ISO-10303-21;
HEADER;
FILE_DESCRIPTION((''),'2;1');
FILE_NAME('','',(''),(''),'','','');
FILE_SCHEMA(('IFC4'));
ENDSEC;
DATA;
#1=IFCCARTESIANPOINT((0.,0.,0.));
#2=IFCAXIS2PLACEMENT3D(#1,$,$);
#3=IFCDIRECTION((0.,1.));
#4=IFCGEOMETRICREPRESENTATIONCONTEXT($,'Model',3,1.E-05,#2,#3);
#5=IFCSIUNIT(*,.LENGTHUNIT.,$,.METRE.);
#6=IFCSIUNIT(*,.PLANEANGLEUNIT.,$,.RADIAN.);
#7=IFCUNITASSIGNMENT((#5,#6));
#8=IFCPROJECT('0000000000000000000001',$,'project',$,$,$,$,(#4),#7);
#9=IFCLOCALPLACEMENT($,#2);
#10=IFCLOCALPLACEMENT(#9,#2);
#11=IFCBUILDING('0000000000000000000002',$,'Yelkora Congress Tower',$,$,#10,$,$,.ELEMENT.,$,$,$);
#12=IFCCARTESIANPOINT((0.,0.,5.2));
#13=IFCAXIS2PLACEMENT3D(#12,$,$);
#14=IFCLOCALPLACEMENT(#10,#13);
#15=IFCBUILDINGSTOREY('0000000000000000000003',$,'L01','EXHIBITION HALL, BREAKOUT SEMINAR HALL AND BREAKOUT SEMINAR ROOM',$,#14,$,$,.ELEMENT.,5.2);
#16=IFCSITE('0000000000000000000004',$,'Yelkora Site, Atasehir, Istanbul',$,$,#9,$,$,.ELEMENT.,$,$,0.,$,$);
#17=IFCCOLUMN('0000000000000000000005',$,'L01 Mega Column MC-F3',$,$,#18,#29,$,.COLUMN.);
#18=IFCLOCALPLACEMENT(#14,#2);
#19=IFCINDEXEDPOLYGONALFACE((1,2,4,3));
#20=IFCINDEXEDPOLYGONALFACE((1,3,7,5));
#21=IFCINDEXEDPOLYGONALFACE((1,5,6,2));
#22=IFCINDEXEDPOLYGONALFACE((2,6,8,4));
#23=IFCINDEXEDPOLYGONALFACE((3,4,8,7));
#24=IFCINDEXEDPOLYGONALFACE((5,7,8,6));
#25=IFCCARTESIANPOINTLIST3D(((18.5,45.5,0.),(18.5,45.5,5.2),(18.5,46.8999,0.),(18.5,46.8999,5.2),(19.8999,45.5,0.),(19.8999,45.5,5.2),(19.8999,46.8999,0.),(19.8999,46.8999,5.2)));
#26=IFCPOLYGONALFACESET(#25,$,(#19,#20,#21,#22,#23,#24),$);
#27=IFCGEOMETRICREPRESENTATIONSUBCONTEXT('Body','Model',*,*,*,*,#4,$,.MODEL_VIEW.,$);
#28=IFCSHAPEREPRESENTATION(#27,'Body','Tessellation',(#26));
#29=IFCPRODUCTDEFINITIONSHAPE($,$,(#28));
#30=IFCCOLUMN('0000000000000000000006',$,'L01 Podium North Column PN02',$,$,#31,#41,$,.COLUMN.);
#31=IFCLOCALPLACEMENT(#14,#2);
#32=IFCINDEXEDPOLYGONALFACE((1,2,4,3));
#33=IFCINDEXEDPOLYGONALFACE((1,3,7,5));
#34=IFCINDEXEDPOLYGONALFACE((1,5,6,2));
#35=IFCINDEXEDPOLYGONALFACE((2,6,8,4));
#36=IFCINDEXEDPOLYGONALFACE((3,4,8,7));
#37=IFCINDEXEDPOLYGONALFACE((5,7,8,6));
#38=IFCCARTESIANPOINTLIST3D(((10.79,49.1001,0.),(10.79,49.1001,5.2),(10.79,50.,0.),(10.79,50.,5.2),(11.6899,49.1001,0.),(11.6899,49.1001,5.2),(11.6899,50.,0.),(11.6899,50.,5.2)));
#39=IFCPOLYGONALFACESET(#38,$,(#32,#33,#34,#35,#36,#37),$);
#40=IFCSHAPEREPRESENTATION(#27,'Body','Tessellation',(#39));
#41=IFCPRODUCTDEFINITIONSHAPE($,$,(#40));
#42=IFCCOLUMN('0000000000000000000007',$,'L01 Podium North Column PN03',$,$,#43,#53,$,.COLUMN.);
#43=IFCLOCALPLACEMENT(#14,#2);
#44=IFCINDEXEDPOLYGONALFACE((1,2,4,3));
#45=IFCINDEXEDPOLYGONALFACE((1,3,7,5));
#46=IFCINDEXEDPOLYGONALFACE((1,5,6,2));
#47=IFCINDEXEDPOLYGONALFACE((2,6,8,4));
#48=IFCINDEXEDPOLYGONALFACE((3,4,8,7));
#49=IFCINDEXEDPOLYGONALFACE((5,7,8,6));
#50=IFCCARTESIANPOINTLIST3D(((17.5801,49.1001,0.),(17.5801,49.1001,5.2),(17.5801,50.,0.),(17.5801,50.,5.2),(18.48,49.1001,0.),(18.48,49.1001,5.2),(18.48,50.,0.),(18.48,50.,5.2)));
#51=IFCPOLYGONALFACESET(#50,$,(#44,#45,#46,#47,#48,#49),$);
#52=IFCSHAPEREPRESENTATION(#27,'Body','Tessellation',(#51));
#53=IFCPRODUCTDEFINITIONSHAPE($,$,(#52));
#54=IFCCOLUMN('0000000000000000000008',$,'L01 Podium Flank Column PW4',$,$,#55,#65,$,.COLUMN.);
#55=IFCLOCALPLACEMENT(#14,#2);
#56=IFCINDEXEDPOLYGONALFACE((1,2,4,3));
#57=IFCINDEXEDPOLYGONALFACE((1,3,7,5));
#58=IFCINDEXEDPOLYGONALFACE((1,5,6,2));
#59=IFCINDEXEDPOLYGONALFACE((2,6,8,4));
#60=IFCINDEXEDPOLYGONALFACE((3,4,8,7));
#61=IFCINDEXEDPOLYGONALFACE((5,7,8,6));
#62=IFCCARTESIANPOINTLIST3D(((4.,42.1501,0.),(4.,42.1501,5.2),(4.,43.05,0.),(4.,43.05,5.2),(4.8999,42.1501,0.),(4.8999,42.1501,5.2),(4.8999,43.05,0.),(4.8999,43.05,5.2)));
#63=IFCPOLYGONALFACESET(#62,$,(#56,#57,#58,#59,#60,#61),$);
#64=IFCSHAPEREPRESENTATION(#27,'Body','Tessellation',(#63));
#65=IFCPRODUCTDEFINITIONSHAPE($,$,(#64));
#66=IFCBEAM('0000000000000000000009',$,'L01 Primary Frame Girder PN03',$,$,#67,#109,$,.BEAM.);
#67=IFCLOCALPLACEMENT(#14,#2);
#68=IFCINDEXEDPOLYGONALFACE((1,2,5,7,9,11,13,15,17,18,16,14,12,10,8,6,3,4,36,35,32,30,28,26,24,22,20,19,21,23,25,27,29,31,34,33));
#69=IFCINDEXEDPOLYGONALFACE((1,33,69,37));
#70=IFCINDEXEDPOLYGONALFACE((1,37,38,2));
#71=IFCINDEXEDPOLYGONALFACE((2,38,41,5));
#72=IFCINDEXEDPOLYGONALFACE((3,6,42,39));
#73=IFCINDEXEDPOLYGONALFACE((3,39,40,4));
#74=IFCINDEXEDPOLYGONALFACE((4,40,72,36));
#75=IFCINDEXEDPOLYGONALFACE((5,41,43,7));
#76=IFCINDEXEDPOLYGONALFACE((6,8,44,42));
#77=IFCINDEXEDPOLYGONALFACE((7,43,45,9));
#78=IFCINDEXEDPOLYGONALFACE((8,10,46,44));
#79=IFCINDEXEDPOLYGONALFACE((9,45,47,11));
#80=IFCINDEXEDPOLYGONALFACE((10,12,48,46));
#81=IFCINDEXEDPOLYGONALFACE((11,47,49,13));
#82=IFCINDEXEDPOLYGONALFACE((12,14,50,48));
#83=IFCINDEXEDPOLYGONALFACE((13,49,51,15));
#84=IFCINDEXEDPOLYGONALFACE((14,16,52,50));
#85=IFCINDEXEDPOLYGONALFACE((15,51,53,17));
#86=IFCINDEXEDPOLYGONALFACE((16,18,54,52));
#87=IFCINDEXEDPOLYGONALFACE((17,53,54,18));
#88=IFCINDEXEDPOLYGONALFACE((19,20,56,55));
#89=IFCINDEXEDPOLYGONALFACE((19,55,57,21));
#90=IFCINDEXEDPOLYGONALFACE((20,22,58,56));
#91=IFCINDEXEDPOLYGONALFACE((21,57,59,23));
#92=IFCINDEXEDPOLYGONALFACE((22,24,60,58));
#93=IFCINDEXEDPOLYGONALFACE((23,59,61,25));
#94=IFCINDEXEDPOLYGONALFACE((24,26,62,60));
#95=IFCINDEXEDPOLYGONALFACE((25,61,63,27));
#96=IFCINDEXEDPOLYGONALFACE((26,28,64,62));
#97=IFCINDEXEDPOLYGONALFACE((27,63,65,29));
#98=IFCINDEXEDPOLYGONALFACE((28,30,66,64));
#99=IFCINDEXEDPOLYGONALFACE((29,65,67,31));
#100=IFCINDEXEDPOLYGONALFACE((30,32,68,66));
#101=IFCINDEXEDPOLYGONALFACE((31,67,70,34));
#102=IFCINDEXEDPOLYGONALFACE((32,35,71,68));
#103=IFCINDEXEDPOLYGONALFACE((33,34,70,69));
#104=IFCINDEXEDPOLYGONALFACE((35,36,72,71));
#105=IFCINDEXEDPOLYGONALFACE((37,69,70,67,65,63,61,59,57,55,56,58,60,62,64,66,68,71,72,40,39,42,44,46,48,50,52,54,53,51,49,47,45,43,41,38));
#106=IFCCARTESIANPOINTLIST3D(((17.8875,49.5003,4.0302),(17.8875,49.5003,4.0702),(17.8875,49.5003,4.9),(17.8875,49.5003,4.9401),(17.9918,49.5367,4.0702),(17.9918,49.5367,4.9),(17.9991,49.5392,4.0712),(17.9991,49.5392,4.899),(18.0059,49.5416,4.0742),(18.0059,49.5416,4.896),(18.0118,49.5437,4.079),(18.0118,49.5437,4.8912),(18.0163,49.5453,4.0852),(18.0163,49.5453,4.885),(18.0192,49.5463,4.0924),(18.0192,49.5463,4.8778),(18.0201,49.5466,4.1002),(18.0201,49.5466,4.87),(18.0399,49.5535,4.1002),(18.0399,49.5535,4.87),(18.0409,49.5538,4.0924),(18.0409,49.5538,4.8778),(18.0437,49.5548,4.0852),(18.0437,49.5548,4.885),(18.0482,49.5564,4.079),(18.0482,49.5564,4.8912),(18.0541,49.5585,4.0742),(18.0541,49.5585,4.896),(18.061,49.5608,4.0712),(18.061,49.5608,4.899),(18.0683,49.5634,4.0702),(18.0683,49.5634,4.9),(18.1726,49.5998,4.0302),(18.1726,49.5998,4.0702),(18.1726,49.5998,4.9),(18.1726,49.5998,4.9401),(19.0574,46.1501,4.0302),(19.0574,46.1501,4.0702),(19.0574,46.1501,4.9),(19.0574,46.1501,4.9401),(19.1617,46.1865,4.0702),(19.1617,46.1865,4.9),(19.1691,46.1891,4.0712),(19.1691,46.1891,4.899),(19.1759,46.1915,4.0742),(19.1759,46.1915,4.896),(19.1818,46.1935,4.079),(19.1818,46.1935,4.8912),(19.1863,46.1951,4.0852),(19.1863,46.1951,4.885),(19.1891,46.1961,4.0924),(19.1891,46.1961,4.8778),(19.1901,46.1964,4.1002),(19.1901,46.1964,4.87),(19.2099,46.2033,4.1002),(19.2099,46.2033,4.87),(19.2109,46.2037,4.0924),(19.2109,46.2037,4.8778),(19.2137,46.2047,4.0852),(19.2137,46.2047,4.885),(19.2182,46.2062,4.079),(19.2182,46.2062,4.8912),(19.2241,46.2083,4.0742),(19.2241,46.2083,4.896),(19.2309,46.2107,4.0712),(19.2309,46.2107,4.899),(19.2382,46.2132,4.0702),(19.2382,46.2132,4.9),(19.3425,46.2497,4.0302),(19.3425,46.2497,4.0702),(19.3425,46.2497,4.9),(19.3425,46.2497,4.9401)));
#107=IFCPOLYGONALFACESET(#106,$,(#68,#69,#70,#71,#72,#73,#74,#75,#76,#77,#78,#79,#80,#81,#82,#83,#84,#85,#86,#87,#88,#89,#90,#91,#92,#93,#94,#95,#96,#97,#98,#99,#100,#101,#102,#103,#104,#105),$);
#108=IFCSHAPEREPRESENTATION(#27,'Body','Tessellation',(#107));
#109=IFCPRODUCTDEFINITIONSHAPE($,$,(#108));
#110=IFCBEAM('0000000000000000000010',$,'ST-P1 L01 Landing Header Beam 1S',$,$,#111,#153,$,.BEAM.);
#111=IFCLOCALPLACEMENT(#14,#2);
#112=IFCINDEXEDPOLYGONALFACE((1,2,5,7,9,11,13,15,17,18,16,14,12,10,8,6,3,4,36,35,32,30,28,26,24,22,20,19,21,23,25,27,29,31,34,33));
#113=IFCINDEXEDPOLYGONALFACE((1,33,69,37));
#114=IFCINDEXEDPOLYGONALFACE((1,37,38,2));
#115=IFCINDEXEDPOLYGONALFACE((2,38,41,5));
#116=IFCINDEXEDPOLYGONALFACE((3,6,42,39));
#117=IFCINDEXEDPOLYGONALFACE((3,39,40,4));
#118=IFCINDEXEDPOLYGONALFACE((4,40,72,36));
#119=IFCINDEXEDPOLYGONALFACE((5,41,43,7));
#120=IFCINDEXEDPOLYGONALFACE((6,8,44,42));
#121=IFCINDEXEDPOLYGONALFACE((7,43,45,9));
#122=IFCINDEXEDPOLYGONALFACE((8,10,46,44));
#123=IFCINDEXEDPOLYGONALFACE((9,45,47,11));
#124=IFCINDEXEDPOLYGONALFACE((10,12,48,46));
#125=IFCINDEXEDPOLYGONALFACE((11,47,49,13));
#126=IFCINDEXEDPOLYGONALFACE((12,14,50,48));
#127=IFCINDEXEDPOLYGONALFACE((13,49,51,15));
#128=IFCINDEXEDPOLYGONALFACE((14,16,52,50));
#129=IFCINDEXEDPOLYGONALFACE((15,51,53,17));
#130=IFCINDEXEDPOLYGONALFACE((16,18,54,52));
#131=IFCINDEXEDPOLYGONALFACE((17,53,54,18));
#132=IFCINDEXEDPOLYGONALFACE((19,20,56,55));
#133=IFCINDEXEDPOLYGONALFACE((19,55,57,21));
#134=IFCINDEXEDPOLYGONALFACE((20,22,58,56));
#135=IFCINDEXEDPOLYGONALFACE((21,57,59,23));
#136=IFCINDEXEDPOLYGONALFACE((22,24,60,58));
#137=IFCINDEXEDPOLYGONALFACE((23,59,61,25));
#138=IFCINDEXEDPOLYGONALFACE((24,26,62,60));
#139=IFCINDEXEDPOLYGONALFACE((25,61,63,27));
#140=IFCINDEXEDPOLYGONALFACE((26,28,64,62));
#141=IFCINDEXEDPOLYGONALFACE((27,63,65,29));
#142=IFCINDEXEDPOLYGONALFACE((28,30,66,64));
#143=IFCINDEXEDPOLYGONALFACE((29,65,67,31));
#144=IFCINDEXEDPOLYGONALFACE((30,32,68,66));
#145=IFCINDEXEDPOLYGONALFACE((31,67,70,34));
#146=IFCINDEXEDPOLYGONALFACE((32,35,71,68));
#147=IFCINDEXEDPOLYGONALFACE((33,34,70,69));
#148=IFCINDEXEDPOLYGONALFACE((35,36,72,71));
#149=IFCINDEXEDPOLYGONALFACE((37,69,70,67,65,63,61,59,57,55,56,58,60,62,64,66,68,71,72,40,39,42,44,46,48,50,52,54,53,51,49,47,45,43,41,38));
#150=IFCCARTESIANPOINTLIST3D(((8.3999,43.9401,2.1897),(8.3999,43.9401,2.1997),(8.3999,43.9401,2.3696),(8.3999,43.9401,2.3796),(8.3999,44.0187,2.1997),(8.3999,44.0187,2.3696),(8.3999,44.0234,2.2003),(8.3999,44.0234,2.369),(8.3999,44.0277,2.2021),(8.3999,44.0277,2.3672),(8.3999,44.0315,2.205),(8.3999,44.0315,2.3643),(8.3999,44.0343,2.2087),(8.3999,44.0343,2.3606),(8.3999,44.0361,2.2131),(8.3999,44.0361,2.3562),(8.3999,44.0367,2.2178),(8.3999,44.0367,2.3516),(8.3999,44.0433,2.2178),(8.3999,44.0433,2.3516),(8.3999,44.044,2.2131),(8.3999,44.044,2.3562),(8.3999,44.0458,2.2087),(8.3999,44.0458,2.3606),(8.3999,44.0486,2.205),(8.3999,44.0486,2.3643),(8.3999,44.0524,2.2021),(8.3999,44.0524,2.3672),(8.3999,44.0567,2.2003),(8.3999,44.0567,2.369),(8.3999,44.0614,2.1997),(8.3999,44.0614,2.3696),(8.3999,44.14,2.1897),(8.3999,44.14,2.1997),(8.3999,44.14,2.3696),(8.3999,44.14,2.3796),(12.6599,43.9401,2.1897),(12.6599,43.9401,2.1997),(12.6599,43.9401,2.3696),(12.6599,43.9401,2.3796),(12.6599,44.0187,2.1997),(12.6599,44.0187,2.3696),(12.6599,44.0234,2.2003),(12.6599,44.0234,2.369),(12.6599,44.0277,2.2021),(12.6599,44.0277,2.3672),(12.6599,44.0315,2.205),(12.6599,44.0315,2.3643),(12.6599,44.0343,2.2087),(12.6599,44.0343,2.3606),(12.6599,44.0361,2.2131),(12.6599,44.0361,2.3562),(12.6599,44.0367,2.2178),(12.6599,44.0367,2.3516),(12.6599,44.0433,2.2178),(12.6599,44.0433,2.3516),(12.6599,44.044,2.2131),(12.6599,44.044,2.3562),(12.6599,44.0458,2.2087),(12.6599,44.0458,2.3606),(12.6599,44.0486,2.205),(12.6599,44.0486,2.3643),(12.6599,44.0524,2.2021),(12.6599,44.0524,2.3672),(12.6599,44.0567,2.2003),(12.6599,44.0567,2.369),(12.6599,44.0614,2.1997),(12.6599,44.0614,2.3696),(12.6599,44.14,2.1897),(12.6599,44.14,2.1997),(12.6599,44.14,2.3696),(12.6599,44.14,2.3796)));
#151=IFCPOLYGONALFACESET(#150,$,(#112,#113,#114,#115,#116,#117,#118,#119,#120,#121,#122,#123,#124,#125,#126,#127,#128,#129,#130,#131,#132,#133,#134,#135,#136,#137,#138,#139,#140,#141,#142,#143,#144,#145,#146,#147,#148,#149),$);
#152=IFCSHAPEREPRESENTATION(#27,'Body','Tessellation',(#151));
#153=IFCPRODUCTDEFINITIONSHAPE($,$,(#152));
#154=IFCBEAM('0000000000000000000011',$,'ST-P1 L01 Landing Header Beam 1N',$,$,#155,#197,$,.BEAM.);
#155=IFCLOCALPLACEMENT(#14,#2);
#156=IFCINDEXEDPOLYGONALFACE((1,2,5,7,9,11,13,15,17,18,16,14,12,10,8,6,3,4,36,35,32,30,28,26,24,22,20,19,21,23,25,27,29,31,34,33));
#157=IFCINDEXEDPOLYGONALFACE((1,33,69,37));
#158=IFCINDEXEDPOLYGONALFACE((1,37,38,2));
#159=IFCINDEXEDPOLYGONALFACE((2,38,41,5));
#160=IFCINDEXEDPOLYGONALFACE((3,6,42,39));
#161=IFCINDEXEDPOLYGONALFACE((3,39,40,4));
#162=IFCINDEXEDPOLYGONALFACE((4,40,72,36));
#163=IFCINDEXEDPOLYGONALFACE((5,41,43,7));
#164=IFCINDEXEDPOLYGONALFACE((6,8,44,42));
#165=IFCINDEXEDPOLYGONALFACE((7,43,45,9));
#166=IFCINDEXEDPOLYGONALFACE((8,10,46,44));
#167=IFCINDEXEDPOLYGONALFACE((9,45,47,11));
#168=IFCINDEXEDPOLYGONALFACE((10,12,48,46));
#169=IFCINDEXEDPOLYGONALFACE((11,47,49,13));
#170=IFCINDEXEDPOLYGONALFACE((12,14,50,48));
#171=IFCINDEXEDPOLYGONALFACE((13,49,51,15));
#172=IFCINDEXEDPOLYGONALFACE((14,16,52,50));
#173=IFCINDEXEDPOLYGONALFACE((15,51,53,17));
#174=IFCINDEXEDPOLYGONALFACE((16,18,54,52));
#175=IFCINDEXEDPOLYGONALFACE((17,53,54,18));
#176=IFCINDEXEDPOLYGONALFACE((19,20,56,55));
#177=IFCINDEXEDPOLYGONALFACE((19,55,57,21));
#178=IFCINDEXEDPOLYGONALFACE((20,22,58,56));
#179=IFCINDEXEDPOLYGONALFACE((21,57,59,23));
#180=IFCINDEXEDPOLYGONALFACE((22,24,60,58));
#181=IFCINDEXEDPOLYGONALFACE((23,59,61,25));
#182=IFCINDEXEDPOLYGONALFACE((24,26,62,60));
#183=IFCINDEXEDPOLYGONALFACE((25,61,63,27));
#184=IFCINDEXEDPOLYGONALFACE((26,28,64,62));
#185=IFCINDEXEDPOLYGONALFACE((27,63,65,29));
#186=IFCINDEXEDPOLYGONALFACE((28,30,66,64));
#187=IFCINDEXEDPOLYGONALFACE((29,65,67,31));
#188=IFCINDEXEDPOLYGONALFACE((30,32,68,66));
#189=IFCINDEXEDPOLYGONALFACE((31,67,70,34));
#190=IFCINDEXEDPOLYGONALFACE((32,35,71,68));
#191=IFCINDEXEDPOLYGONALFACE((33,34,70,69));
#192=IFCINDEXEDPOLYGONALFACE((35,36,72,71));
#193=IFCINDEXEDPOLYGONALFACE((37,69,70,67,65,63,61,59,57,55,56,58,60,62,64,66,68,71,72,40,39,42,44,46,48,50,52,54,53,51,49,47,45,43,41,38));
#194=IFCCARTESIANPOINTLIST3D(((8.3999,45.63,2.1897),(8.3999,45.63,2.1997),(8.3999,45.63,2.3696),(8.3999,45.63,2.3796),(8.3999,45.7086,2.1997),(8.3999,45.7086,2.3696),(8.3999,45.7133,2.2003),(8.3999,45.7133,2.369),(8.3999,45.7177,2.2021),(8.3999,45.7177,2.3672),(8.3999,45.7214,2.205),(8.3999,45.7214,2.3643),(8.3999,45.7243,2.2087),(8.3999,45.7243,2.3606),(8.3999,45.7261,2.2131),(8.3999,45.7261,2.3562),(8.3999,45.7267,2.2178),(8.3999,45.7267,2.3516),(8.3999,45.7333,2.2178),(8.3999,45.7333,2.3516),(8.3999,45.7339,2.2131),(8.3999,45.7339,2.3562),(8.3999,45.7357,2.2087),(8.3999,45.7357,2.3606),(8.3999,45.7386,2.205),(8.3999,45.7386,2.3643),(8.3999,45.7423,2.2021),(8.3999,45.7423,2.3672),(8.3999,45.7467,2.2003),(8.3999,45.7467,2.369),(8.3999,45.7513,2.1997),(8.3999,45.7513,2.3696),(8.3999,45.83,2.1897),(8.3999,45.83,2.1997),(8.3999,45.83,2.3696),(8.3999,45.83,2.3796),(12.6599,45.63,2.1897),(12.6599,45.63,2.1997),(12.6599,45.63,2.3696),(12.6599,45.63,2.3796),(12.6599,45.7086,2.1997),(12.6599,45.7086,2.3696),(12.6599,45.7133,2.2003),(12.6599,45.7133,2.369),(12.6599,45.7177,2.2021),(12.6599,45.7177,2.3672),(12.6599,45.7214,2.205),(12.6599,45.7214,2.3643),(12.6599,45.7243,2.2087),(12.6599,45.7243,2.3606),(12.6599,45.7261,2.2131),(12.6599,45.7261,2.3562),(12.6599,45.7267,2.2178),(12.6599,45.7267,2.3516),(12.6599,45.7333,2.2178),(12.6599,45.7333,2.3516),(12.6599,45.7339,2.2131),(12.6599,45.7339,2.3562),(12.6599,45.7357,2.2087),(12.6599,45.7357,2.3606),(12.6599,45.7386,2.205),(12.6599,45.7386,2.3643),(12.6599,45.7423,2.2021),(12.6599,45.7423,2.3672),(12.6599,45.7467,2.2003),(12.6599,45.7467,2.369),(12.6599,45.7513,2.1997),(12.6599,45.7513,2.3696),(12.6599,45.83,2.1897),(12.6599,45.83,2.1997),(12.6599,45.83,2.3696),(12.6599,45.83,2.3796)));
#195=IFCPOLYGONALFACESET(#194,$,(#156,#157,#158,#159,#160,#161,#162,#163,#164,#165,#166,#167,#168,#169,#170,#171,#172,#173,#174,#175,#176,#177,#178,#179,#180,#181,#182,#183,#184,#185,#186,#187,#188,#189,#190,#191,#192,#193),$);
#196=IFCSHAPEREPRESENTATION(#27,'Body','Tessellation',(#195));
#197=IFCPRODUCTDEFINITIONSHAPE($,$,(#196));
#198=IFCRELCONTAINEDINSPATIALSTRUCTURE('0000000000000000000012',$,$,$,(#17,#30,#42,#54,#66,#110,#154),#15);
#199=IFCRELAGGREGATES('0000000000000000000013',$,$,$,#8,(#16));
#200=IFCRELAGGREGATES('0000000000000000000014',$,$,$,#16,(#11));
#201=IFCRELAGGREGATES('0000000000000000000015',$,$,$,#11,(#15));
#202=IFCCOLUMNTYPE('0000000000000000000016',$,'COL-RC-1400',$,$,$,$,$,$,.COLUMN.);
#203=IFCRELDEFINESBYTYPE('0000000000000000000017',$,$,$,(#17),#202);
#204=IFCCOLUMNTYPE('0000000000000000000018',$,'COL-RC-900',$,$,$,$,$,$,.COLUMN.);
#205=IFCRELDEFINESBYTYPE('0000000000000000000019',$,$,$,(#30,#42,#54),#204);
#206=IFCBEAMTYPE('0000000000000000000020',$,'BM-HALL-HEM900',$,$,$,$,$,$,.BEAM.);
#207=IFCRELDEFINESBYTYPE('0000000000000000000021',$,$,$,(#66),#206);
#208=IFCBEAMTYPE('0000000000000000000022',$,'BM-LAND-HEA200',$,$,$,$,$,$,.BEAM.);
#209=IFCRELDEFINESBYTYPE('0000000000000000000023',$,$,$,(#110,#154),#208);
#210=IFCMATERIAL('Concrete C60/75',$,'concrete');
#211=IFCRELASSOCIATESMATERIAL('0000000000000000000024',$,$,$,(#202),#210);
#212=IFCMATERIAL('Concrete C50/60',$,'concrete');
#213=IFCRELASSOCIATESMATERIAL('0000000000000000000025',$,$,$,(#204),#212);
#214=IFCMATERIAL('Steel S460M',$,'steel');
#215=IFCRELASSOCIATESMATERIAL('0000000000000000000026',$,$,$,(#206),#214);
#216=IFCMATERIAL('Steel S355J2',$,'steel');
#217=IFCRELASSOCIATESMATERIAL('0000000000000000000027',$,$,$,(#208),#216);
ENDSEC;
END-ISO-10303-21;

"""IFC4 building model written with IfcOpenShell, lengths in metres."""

from ifc_helpers import new_model, si_unit, direction, frame, origin, origin_2d, place, context, subcontext, project, spatial, rectangle, i_section, extrude, material, material_profile, profile_set, type_object, element, save


model = new_model("IFC4")

# Units and contexts
model_context = context("Model", 3, precision=1e-05, world=origin(), true_north=direction((0.0, 1.0)))
body_context = subcontext(model_context, "Body", "Model", "MODEL_VIEW")
ifc_project = project(units=[si_unit("LENGTHUNIT", "METRE"), si_unit("PLANEANGLEUNIT", "RADIAN")], contexts=[model_context])

# Site, building, storey
site_placement = place(None, origin())
site = spatial("IfcSite", under=ifc_project, at=site_placement, Name="Yelkora Site, Atasehir, Istanbul", CompositionType="ELEMENT", RefElevation=0.0)
building_placement = place(site_placement, origin())
building = spatial("IfcBuilding", under=site, at=building_placement, Name="Yelkora Congress Tower", CompositionType="ELEMENT")
storey_placement = place(building_placement, frame((0.0, 0.0, 5.2)))
storey = spatial("IfcBuildingStorey", under=building, at=storey_placement, Name="L01", Description="EXHIBITION HALL, BREAKOUT SEMINAR HALL AND BREAKOUT SEMINAR ROOM", CompositionType="ELEMENT", Elevation=5.2)

# Columns
ifc_material_1 = material(Name="Concrete C60/75", Category="concrete")
ifc_material_profile_1 = material_profile(ifc_material_1, rectangle(XDim=1.3999, YDim=1.3999, at=origin_2d()), Name="RC 1400x1400")
ifc_profile_set_1 = profile_set([ifc_material_profile_1], Name="Concrete C60/75")
column_type_1 = type_object("IfcColumnType", Name="COL-RC-1400", PredefinedType="COLUMN", material=ifc_profile_set_1)
column_placement = place(storey_placement, frame((19.2, 46.2, 0.0), z_axis=(0.0, 0.0, 1.0), x_axis=(1.0, 0.0, 0.0)))
element("IfcColumn", 1, at=column_placement, inside=storey, type_object=column_type_1, Name="L01 Mega Column MC-F3", PredefinedType="COLUMN", context=body_context, shape_type="SweptSolid", body=[
    extrude(rectangle(XDim=1.3999, YDim=1.3999, at=origin_2d()), origin(), (0.0, 0.0, 1.0), 5.2),
])
ifc_material_2 = material(Name="Concrete C50/60", Category="concrete")
ifc_material_profile_2 = material_profile(ifc_material_2, rectangle(XDim=0.8999, YDim=0.8999, at=origin_2d()), Name="RC 900x900")
ifc_profile_set_2 = profile_set([ifc_material_profile_2], Name="Concrete C50/60")
column_type_2 = type_object("IfcColumnType", Name="COL-RC-900", PredefinedType="COLUMN", material=ifc_profile_set_2)
for number, where, z_axis, x_axis, name in (
    (2, (11.24, 49.55, 0.0), (0.0, 0.0, 1.0), (1.0, 0.0, 0.0), "L01 Podium North Column PN02"),
    (3, (18.03, 49.55, 0.0), (0.0, 0.0, 1.0), (1.0, 0.0, 0.0), "L01 Podium North Column PN03"),
    (4, (4.45, 42.6001, 0.0), (0.0, 0.0, 1.0), (1.0, 0.0, 0.0), "L01 Podium Flank Column PW4"),
):
    element("IfcColumn", number, at=place(storey_placement, frame(where, z_axis=z_axis, x_axis=x_axis)), inside=storey, type_object=column_type_2, Name=name, PredefinedType="COLUMN", context=body_context, shape_type="SweptSolid", body=[
        extrude(rectangle(XDim=0.8999, YDim=0.8999, at=origin_2d()), origin(), (0.0, 0.0, 1.0), 5.2),
    ])

# Beams
ifc_material_3 = material(Name="Steel S460M", Category="steel")
ifc_material_profile_3 = material_profile(ifc_material_3, i_section(OverallWidth=0.302, OverallDepth=0.9099, WebThickness=0.021, FlangeThickness=0.04, FilletRadius=0.03, at=origin_2d()), Name="HEM 900")
ifc_profile_set_3 = profile_set([ifc_material_profile_3], Name="Steel S460M")
beam_type_1 = type_object("IfcBeamType", Name="BM-HALL-HEM900", PredefinedType="BEAM", material=ifc_profile_set_3)
beam_1_placement = place(storey_placement, frame((18.03, 49.55, 4.4851), z_axis=(0.329695, -0.944088, 0.0), x_axis=(0.944088, 0.329695, 0.0)))
element("IfcBeam", 5, at=beam_1_placement, inside=storey, type_object=beam_type_1, Name="L01 Primary Frame Girder PN03", PredefinedType="BEAM", context=body_context, shape_type="SweptSolid", body=[
    extrude(i_section(OverallWidth=0.302, OverallDepth=0.9099, WebThickness=0.021, FlangeThickness=0.04, FilletRadius=0.03, at=origin_2d()), origin(), (0.0, 0.0, 1.0), 3.5486),
])
ifc_material_4 = material(Name="Steel S355J2", Category="steel")
ifc_material_profile_4 = material_profile(ifc_material_4, i_section(OverallWidth=0.2, OverallDepth=0.1899, WebThickness=0.0066, FlangeThickness=0.01, FilletRadius=0.0181, at=origin_2d()), Name="HEA 200")
ifc_profile_set_4 = profile_set([ifc_material_profile_4], Name="Steel S355J2")
beam_type_2 = type_object("IfcBeamType", Name="BM-LAND-HEA200", PredefinedType="BEAM", material=ifc_profile_set_4)
for number, where, z_axis, x_axis, name in (
    (6, (8.3999, 44.04, 2.2847), (1.0, 0.0, 0.0), (0.0, 1.0, 0.0), "ST-P1 L01 Landing Header Beam 1S"),
    (7, (8.3999, 45.73, 2.2847), (1.0, 0.0, 0.0), (0.0, 1.0, 0.0), "ST-P1 L01 Landing Header Beam 1N"),
):
    element("IfcBeam", number, at=place(storey_placement, frame(where, z_axis=z_axis, x_axis=x_axis)), inside=storey, type_object=beam_type_2, Name=name, PredefinedType="BEAM", context=body_context, shape_type="SweptSolid", body=[
        extrude(i_section(OverallWidth=0.2, OverallDepth=0.1899, WebThickness=0.0066, FlangeThickness=0.01, FilletRadius=0.0181, at=origin_2d()), origin(), (0.0, 0.0, 1.0), 4.26),
    ])

save(model, "model.ifc")
